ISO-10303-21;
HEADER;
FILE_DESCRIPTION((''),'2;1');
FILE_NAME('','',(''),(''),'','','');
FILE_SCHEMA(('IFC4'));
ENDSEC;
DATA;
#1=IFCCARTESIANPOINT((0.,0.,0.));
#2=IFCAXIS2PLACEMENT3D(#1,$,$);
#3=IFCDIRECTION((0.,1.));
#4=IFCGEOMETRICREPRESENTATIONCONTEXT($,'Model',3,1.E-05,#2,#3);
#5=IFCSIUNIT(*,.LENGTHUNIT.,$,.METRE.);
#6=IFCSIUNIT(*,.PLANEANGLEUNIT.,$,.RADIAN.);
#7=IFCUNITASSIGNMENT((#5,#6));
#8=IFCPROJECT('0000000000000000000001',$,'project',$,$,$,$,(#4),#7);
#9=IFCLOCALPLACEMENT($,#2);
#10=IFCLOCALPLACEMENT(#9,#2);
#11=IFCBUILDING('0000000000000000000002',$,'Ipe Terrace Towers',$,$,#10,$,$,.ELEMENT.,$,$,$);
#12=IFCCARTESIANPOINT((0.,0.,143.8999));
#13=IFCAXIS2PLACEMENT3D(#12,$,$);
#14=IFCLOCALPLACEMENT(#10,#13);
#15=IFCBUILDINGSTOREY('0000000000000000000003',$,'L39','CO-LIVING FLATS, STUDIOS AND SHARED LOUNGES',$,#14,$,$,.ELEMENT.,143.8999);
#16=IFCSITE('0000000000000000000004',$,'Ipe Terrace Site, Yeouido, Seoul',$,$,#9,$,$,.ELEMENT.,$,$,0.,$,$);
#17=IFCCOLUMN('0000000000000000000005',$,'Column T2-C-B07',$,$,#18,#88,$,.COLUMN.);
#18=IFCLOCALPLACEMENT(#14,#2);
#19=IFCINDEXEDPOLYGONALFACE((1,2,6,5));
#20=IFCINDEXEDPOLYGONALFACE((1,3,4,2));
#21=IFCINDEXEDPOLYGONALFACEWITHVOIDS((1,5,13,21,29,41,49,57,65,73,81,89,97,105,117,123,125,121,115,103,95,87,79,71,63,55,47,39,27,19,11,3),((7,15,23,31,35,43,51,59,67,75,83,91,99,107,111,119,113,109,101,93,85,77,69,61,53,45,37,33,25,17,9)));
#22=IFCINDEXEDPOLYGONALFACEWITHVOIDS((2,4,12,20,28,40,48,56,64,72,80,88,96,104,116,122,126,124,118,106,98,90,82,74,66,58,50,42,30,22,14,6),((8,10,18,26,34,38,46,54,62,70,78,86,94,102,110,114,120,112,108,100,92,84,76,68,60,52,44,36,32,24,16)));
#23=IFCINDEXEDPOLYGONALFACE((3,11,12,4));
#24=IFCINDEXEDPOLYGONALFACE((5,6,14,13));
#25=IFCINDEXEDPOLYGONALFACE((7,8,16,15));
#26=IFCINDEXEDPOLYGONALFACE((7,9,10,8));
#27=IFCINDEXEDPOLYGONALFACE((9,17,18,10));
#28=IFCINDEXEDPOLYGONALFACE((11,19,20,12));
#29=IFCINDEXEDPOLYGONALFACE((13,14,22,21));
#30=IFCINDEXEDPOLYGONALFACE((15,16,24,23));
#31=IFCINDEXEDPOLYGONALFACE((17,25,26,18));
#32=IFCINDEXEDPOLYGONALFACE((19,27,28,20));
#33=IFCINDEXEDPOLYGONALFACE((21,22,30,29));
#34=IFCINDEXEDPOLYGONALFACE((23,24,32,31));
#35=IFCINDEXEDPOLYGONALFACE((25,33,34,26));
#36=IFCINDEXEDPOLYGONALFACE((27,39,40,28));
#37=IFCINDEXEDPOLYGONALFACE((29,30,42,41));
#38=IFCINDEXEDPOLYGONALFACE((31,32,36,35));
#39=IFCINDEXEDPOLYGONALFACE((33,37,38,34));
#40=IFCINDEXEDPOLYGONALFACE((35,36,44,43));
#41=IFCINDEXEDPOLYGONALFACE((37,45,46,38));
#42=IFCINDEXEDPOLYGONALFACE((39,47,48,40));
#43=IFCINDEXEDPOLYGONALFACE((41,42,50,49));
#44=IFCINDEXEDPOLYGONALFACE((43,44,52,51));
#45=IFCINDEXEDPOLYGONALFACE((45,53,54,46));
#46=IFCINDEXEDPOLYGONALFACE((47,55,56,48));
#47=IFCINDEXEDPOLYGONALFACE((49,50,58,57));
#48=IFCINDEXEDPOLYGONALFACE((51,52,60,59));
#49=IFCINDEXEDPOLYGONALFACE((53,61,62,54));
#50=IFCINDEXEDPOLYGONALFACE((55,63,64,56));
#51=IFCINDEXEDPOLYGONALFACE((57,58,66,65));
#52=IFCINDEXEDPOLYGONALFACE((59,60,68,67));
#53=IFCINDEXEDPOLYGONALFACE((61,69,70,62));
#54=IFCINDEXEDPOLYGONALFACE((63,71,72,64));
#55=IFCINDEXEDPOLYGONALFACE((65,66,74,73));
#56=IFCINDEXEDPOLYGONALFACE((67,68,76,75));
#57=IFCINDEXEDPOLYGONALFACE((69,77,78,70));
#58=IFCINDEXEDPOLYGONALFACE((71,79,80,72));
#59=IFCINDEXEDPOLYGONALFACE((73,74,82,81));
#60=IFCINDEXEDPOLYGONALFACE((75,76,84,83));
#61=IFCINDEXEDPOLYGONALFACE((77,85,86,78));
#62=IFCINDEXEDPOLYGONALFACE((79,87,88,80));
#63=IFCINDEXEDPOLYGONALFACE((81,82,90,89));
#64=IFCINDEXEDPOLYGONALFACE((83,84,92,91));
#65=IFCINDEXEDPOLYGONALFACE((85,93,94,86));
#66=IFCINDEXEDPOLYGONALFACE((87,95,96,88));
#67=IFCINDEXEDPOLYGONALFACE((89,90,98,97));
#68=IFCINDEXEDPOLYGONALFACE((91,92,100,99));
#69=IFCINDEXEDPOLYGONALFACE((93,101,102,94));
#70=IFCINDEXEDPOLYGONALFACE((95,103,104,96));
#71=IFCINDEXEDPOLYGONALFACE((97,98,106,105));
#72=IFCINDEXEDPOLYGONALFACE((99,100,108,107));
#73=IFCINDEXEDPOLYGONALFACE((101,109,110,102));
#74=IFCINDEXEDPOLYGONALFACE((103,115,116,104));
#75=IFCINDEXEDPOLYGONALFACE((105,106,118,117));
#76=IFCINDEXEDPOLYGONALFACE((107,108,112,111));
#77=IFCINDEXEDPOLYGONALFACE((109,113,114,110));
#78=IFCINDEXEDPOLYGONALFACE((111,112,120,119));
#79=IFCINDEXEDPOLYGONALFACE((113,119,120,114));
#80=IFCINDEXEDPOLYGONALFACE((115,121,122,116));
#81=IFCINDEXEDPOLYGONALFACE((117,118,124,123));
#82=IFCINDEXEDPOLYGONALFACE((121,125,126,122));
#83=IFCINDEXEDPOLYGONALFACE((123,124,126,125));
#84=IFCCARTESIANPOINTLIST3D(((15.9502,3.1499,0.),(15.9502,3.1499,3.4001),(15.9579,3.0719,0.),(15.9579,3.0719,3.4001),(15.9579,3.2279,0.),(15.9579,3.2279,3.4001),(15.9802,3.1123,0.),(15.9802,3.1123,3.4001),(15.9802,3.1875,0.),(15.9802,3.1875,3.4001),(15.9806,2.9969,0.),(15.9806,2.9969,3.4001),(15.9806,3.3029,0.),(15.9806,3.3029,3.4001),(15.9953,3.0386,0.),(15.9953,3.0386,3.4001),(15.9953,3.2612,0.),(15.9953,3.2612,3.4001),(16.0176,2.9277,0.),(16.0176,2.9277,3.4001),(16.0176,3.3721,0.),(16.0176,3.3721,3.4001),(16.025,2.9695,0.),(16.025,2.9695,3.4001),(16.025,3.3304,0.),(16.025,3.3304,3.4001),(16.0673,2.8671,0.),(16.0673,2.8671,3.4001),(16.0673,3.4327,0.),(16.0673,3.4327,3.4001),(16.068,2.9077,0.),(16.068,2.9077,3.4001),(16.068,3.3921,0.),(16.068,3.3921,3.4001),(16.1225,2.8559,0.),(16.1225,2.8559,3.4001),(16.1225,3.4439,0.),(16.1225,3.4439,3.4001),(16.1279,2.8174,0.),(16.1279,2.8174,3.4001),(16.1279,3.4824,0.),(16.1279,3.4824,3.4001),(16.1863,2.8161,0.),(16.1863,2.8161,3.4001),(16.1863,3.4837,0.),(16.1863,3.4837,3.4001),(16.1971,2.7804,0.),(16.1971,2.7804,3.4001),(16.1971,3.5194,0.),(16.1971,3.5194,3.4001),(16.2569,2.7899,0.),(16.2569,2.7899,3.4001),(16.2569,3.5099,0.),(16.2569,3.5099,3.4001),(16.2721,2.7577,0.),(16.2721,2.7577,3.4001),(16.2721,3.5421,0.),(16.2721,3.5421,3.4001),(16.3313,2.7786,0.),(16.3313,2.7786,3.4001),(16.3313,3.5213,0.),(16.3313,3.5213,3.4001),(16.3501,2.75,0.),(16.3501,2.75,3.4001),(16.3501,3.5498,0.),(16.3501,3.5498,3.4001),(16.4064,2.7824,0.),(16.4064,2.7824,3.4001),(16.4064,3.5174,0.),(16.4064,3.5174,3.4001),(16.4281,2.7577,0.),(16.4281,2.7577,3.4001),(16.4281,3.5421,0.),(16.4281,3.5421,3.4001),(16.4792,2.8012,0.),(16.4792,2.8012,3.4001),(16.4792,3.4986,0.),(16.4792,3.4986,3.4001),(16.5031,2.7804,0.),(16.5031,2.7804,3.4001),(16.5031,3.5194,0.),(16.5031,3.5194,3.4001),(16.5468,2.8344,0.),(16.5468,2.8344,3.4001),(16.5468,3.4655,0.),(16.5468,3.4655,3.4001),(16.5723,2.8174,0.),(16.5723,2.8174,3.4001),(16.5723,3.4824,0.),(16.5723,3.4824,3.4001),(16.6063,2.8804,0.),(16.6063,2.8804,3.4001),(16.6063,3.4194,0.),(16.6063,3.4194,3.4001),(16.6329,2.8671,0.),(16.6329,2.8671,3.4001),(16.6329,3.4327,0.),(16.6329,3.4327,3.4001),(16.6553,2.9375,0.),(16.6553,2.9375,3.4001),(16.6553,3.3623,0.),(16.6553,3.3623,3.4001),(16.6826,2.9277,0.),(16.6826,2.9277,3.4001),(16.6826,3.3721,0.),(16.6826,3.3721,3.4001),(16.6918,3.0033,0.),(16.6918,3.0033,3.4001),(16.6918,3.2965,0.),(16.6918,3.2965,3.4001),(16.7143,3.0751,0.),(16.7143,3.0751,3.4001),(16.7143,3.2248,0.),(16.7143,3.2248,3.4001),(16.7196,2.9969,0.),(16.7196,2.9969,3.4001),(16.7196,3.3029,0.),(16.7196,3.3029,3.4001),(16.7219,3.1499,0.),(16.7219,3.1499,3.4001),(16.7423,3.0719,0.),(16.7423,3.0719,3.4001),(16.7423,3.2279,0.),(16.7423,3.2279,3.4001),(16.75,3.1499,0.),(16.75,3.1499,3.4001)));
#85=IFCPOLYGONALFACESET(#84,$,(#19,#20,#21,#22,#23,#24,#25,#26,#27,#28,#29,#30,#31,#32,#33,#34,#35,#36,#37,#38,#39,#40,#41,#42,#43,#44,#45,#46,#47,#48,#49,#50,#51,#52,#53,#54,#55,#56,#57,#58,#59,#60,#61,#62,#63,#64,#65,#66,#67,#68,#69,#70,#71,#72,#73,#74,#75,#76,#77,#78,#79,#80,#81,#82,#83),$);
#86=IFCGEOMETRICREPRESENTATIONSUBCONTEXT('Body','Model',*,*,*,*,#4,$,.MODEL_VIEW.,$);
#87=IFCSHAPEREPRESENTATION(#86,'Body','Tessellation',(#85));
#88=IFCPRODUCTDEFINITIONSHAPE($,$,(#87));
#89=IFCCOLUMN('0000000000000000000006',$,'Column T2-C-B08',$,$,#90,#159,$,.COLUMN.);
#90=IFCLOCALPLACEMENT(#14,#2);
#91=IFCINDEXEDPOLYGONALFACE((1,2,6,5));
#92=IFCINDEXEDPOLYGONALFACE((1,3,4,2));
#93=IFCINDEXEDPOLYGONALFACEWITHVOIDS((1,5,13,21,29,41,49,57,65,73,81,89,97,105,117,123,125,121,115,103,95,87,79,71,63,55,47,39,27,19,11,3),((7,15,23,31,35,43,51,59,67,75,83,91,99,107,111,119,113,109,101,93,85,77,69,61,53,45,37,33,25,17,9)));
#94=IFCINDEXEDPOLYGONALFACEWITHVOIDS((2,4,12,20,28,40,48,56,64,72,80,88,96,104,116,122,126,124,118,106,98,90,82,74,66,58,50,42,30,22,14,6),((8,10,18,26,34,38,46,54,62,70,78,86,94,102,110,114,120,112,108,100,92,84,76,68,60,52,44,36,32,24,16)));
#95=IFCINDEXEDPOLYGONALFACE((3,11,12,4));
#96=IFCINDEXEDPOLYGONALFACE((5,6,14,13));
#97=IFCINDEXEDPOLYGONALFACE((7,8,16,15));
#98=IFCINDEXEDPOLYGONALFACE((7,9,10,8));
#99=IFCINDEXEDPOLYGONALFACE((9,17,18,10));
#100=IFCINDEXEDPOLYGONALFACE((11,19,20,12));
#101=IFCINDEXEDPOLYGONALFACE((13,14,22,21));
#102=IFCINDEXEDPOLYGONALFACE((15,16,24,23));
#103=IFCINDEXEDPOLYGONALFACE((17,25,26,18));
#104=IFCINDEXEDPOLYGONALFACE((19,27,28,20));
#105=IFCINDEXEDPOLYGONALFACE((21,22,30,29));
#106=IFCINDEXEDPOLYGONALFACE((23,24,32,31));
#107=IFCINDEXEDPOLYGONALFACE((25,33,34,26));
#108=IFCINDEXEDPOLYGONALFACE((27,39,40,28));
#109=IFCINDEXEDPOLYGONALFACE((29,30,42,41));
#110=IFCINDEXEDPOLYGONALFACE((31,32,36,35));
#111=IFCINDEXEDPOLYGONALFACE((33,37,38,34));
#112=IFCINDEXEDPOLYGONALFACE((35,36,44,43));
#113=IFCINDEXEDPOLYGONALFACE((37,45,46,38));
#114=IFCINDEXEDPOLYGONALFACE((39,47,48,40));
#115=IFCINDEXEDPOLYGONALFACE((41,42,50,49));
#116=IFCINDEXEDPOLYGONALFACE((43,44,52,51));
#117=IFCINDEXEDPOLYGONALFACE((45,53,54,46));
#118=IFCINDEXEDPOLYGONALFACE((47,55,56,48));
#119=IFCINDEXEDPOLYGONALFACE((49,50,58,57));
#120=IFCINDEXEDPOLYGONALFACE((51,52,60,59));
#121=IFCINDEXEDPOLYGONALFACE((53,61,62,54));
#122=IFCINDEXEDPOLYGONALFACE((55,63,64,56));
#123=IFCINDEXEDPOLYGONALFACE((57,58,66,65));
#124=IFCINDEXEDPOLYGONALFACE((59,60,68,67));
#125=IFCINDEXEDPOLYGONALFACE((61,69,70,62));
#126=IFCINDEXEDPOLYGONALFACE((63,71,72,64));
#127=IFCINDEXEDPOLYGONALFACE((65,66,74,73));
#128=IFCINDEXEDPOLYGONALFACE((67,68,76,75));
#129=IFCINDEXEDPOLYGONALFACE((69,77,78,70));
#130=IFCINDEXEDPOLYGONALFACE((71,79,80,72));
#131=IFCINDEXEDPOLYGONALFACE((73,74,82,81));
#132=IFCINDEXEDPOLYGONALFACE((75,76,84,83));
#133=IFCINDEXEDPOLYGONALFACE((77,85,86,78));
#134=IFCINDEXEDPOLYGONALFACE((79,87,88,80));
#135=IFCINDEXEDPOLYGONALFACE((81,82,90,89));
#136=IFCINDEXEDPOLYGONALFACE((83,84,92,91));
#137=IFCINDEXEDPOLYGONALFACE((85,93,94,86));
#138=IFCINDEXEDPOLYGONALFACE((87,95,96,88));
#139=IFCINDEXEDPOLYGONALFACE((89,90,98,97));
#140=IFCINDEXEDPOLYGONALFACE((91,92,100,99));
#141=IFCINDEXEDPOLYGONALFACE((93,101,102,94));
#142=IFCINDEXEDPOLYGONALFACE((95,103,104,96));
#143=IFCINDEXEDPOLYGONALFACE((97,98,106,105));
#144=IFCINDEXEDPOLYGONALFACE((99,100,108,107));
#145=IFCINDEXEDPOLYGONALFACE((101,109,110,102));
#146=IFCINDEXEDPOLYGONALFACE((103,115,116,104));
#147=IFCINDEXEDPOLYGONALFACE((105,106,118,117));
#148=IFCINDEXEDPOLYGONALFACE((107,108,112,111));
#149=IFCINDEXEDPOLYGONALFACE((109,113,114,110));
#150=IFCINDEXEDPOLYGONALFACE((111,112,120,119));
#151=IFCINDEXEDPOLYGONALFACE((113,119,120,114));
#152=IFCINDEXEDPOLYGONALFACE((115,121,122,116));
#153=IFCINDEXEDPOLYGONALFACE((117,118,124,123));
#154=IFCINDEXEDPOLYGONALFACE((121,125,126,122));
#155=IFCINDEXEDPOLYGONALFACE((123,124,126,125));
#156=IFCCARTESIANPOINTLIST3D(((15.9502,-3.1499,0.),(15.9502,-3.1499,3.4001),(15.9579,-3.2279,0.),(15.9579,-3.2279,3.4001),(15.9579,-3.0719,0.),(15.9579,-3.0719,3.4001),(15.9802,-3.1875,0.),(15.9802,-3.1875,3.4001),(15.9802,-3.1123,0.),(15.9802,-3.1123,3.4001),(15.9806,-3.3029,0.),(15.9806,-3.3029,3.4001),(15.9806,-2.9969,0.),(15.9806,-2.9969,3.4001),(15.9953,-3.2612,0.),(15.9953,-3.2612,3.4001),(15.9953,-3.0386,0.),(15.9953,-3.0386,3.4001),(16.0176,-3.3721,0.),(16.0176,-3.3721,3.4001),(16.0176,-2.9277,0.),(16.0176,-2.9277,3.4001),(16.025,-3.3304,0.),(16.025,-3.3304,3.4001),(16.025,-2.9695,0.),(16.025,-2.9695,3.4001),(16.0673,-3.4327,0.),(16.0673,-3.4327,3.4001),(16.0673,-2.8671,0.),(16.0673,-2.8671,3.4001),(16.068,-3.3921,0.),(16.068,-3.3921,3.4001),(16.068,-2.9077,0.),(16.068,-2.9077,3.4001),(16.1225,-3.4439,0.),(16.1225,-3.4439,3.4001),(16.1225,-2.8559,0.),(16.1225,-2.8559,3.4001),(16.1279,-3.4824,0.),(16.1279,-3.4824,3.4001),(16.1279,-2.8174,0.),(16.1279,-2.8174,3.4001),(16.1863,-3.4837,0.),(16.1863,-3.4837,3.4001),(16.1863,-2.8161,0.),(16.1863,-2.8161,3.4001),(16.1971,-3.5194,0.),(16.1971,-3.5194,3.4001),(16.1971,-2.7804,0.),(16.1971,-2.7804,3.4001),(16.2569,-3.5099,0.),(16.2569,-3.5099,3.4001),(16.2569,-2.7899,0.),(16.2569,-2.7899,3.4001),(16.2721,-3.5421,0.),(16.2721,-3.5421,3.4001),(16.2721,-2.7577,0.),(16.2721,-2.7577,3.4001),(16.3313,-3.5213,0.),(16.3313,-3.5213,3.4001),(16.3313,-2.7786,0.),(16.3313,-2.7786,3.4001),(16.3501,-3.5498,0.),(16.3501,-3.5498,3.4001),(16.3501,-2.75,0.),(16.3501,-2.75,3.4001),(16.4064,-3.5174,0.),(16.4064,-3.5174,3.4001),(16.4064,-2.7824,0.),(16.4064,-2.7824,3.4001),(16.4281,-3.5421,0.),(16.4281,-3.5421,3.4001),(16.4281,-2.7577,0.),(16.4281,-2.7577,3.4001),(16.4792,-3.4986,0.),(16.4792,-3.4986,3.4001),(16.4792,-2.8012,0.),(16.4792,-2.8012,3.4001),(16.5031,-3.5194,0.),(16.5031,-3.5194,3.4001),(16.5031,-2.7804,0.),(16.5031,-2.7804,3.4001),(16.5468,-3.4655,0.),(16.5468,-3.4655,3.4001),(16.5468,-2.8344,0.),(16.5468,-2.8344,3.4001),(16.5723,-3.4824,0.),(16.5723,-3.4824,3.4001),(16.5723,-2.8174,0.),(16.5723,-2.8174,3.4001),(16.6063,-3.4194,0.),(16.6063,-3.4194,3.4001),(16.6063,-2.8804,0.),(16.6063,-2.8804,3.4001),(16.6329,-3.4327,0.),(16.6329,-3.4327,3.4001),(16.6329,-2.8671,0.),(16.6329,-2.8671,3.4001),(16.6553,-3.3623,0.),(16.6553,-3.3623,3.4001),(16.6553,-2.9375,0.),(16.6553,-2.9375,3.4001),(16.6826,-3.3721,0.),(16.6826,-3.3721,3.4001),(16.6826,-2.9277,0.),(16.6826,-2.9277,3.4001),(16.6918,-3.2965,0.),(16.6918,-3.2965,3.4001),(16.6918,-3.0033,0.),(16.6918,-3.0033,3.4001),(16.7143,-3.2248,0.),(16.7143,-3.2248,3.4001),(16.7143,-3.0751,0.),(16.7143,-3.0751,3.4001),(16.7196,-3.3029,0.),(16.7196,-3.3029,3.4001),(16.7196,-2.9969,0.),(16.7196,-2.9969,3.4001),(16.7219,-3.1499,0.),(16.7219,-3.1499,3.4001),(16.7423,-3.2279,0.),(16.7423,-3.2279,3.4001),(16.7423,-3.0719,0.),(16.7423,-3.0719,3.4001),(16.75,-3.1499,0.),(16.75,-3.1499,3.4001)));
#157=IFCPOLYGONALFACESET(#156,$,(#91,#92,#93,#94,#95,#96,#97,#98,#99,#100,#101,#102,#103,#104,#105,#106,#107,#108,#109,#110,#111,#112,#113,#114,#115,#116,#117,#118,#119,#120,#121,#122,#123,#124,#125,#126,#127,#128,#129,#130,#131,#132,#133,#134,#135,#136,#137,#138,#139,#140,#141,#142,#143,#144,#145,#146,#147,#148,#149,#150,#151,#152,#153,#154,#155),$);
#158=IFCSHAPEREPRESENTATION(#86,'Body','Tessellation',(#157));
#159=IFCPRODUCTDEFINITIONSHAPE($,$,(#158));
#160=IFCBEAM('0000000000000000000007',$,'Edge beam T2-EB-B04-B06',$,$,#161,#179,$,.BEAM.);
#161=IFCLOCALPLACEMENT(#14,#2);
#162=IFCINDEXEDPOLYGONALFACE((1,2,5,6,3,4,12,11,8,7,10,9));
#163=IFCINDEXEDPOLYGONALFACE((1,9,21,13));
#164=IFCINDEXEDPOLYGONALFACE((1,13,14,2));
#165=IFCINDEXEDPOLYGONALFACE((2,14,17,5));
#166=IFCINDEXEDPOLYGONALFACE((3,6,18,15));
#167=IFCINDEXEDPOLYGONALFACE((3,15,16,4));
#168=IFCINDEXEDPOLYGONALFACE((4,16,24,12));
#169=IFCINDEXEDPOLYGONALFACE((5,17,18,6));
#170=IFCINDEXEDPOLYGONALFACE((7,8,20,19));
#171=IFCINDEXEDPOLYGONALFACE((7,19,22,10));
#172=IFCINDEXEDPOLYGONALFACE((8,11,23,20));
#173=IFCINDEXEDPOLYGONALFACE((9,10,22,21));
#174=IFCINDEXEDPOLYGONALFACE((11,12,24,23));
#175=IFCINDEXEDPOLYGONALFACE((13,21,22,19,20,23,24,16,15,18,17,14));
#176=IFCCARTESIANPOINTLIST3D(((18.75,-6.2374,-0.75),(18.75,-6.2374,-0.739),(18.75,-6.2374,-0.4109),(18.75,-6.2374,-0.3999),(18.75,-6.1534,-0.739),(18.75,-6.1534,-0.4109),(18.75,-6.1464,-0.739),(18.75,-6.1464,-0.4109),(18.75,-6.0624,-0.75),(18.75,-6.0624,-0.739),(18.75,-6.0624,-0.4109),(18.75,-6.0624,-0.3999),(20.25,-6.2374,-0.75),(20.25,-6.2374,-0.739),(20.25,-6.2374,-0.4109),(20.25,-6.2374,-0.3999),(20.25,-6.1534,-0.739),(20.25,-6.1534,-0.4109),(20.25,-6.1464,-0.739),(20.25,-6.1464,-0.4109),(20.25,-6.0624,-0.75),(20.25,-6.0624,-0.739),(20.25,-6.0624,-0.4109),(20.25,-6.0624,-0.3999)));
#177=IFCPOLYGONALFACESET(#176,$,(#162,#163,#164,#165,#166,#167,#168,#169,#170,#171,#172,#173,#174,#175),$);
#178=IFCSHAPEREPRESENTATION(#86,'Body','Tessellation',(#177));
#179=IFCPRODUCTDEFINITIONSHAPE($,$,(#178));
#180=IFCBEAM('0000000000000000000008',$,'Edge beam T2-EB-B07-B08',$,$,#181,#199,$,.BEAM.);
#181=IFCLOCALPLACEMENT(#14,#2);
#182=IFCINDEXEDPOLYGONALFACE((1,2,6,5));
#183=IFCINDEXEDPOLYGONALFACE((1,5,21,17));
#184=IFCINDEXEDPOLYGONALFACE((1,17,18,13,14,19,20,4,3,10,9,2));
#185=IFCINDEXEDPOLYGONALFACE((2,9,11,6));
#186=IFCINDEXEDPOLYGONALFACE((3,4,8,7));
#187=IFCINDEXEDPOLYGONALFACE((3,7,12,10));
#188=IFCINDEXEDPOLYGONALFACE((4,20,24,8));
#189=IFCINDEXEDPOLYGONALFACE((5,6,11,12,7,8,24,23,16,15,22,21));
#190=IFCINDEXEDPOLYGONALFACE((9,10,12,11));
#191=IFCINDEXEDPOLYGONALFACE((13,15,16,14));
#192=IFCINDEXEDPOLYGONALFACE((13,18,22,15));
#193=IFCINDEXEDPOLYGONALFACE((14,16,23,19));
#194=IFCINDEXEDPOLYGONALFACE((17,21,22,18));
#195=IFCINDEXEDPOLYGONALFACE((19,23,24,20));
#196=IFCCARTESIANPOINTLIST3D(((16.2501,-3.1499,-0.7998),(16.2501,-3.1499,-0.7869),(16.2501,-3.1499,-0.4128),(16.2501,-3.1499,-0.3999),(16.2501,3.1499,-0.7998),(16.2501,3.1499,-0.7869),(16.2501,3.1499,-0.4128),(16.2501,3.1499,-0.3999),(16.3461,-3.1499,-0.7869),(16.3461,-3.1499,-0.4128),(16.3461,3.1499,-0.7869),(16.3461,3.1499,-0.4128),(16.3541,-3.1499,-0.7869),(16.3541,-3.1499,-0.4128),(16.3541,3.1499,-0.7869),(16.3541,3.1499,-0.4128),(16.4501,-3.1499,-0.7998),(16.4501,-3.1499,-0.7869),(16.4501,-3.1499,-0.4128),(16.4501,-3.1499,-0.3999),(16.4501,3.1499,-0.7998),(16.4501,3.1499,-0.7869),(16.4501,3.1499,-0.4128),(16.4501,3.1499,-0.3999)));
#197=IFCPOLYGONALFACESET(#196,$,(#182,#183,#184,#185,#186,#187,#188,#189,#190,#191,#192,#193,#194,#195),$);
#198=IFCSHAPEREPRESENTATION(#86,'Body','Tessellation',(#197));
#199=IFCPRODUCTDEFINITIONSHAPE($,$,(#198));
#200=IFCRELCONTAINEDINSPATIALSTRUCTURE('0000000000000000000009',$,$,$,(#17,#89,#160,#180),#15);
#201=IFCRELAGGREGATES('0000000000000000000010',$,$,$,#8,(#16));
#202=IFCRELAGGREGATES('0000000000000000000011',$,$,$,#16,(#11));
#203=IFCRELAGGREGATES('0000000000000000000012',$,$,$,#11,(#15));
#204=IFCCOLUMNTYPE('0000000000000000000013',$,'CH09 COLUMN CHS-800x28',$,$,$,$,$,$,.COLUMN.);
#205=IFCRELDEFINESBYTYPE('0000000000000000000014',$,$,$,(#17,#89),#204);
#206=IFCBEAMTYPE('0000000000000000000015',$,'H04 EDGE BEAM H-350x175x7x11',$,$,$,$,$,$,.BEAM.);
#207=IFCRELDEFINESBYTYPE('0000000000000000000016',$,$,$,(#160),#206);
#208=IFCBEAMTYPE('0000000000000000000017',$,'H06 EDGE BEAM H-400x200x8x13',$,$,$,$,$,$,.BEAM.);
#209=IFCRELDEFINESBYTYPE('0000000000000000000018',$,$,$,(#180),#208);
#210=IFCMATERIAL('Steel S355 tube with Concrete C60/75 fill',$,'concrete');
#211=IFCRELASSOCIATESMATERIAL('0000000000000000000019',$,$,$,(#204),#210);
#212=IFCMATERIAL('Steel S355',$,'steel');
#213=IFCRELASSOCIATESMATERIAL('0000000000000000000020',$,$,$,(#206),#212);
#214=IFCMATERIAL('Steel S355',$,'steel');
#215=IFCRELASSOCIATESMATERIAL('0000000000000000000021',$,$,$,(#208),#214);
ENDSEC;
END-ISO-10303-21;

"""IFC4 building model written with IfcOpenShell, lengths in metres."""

from ifc_helpers import new_model, si_unit, direction, frame, origin, origin_2d, place, context, subcontext, project, spatial, hollow_circle, i_section, extrude, material, material_profile, profile_set, type_object, element, save


model = new_model("IFC4")

# Units and contexts
model_context = context("Model", 3, precision=1e-05, world=origin(), true_north=direction((0.0, 1.0)))
body_context = subcontext(model_context, "Body", "Model", "MODEL_VIEW")
ifc_project = project(units=[si_unit("LENGTHUNIT", "METRE"), si_unit("PLANEANGLEUNIT", "RADIAN")], contexts=[model_context])

# Site, building, storey
site_placement = place(None, origin())
site = spatial("IfcSite", under=ifc_project, at=site_placement, Name="Ipe Terrace Site, Yeouido, Seoul", CompositionType="ELEMENT", RefElevation=0.0)
building_placement = place(site_placement, origin())
building = spatial("IfcBuilding", under=site, at=building_placement, Name="Ipe Terrace Towers", CompositionType="ELEMENT")
storey_placement = place(building_placement, frame((0.0, 0.0, 143.8999)))
storey = spatial("IfcBuildingStorey", under=building, at=storey_placement, Name="L39", Description="CO-LIVING FLATS, STUDIOS AND SHARED LOUNGES", CompositionType="ELEMENT", Elevation=143.8999)

# Columns
ifc_material_1 = material(Name="Steel S355 tube with Concrete C60/75 fill", Category="concrete")
ifc_material_profile_1 = material_profile(ifc_material_1, hollow_circle(Radius=0.3999, WallThickness=0.0281, at=origin_2d()), Name="CHS-800x28")
ifc_profile_set_1 = profile_set([ifc_material_profile_1], Name="Steel S355 tube with Concrete C60/75 fill")
column_type = type_object("IfcColumnType", Name="CH09 COLUMN CHS-800x28", PredefinedType="COLUMN", material=ifc_profile_set_1)
for number, where, z_axis, x_axis, name in (
    (1, (16.3501, 3.1499, 0.0), (0.0, 0.0, 1.0), (1.0, 0.0, 0.0), "Column T2-C-B07"),
    (2, (16.3501, -3.1499, 0.0), (0.0, 0.0, 1.0), (1.0, 0.0, 0.0), "Column T2-C-B08"),
):
    element("IfcColumn", number, at=place(storey_placement, frame(where, z_axis=z_axis, x_axis=x_axis)), inside=storey, type_object=column_type, Name=name, PredefinedType="COLUMN", context=body_context, shape_type="SweptSolid", body=[
        extrude(hollow_circle(Radius=0.3999, WallThickness=0.0281, at=origin_2d()), origin(), (0.0, 0.0, 1.0), 3.4001),
    ])

# Beams
ifc_material_2 = material(Name="Steel S355", Category="steel")
ifc_material_profile_2 = material_profile(ifc_material_2, i_section(OverallWidth=0.175, OverallDepth=0.3501, WebThickness=0.0071, FlangeThickness=0.011, at=origin_2d()), Name="H-350x175x7x11")
ifc_profile_set_2 = profile_set([ifc_material_profile_2], Name="Steel S355")
beam_type_1 = type_object("IfcBeamType", Name="H04 EDGE BEAM H-350x175x7x11", PredefinedType="BEAM", material=ifc_profile_set_2)
beam_1_placement = place(storey_placement, frame((20.25, -6.1499, -0.575), z_axis=(-1.0, 0.0, 0.0), x_axis=(0.0, -1.0, 0.0)))
element("IfcBeam", 3, at=beam_1_placement, inside=storey, type_object=beam_type_1, Name="Edge beam T2-EB-B04-B06", PredefinedType="BEAM", context=body_context, shape_type="SweptSolid", body=[
    extrude(i_section(OverallWidth=0.175, OverallDepth=0.3501, WebThickness=0.0071, FlangeThickness=0.011, at=origin_2d()), origin(), (0.0, 0.0, 1.0), 1.5),
])
ifc_material_3 = material(Name="Steel S355", Category="steel")
ifc_material_profile_3 = material_profile(ifc_material_3, i_section(OverallWidth=0.2, OverallDepth=0.3999, WebThickness=0.0081, FlangeThickness=0.0129, at=origin_2d()), Name="H-400x200x8x13")
ifc_profile_set_3 = profile_set([ifc_material_profile_3], Name="Steel S355")
beam_type_2 = type_object("IfcBeamType", Name="H06 EDGE BEAM H-400x200x8x13", PredefinedType="BEAM", material=ifc_profile_set_3)
beam_2_placement = place(storey_placement, frame((16.3501, 3.1499, -0.5999), z_axis=(0.0, -1.0, 0.0), x_axis=(1.0, 0.0, 0.0)))
element("IfcBeam", 4, at=beam_2_placement, inside=storey, type_object=beam_type_2, Name="Edge beam T2-EB-B07-B08", PredefinedType="BEAM", context=body_context, shape_type="SweptSolid", body=[
    extrude(i_section(OverallWidth=0.2, OverallDepth=0.3999, WebThickness=0.0081, FlangeThickness=0.0129, at=origin_2d()), origin(), (0.0, 0.0, 1.0), 6.2998),
])

save(model, "model.ifc")
